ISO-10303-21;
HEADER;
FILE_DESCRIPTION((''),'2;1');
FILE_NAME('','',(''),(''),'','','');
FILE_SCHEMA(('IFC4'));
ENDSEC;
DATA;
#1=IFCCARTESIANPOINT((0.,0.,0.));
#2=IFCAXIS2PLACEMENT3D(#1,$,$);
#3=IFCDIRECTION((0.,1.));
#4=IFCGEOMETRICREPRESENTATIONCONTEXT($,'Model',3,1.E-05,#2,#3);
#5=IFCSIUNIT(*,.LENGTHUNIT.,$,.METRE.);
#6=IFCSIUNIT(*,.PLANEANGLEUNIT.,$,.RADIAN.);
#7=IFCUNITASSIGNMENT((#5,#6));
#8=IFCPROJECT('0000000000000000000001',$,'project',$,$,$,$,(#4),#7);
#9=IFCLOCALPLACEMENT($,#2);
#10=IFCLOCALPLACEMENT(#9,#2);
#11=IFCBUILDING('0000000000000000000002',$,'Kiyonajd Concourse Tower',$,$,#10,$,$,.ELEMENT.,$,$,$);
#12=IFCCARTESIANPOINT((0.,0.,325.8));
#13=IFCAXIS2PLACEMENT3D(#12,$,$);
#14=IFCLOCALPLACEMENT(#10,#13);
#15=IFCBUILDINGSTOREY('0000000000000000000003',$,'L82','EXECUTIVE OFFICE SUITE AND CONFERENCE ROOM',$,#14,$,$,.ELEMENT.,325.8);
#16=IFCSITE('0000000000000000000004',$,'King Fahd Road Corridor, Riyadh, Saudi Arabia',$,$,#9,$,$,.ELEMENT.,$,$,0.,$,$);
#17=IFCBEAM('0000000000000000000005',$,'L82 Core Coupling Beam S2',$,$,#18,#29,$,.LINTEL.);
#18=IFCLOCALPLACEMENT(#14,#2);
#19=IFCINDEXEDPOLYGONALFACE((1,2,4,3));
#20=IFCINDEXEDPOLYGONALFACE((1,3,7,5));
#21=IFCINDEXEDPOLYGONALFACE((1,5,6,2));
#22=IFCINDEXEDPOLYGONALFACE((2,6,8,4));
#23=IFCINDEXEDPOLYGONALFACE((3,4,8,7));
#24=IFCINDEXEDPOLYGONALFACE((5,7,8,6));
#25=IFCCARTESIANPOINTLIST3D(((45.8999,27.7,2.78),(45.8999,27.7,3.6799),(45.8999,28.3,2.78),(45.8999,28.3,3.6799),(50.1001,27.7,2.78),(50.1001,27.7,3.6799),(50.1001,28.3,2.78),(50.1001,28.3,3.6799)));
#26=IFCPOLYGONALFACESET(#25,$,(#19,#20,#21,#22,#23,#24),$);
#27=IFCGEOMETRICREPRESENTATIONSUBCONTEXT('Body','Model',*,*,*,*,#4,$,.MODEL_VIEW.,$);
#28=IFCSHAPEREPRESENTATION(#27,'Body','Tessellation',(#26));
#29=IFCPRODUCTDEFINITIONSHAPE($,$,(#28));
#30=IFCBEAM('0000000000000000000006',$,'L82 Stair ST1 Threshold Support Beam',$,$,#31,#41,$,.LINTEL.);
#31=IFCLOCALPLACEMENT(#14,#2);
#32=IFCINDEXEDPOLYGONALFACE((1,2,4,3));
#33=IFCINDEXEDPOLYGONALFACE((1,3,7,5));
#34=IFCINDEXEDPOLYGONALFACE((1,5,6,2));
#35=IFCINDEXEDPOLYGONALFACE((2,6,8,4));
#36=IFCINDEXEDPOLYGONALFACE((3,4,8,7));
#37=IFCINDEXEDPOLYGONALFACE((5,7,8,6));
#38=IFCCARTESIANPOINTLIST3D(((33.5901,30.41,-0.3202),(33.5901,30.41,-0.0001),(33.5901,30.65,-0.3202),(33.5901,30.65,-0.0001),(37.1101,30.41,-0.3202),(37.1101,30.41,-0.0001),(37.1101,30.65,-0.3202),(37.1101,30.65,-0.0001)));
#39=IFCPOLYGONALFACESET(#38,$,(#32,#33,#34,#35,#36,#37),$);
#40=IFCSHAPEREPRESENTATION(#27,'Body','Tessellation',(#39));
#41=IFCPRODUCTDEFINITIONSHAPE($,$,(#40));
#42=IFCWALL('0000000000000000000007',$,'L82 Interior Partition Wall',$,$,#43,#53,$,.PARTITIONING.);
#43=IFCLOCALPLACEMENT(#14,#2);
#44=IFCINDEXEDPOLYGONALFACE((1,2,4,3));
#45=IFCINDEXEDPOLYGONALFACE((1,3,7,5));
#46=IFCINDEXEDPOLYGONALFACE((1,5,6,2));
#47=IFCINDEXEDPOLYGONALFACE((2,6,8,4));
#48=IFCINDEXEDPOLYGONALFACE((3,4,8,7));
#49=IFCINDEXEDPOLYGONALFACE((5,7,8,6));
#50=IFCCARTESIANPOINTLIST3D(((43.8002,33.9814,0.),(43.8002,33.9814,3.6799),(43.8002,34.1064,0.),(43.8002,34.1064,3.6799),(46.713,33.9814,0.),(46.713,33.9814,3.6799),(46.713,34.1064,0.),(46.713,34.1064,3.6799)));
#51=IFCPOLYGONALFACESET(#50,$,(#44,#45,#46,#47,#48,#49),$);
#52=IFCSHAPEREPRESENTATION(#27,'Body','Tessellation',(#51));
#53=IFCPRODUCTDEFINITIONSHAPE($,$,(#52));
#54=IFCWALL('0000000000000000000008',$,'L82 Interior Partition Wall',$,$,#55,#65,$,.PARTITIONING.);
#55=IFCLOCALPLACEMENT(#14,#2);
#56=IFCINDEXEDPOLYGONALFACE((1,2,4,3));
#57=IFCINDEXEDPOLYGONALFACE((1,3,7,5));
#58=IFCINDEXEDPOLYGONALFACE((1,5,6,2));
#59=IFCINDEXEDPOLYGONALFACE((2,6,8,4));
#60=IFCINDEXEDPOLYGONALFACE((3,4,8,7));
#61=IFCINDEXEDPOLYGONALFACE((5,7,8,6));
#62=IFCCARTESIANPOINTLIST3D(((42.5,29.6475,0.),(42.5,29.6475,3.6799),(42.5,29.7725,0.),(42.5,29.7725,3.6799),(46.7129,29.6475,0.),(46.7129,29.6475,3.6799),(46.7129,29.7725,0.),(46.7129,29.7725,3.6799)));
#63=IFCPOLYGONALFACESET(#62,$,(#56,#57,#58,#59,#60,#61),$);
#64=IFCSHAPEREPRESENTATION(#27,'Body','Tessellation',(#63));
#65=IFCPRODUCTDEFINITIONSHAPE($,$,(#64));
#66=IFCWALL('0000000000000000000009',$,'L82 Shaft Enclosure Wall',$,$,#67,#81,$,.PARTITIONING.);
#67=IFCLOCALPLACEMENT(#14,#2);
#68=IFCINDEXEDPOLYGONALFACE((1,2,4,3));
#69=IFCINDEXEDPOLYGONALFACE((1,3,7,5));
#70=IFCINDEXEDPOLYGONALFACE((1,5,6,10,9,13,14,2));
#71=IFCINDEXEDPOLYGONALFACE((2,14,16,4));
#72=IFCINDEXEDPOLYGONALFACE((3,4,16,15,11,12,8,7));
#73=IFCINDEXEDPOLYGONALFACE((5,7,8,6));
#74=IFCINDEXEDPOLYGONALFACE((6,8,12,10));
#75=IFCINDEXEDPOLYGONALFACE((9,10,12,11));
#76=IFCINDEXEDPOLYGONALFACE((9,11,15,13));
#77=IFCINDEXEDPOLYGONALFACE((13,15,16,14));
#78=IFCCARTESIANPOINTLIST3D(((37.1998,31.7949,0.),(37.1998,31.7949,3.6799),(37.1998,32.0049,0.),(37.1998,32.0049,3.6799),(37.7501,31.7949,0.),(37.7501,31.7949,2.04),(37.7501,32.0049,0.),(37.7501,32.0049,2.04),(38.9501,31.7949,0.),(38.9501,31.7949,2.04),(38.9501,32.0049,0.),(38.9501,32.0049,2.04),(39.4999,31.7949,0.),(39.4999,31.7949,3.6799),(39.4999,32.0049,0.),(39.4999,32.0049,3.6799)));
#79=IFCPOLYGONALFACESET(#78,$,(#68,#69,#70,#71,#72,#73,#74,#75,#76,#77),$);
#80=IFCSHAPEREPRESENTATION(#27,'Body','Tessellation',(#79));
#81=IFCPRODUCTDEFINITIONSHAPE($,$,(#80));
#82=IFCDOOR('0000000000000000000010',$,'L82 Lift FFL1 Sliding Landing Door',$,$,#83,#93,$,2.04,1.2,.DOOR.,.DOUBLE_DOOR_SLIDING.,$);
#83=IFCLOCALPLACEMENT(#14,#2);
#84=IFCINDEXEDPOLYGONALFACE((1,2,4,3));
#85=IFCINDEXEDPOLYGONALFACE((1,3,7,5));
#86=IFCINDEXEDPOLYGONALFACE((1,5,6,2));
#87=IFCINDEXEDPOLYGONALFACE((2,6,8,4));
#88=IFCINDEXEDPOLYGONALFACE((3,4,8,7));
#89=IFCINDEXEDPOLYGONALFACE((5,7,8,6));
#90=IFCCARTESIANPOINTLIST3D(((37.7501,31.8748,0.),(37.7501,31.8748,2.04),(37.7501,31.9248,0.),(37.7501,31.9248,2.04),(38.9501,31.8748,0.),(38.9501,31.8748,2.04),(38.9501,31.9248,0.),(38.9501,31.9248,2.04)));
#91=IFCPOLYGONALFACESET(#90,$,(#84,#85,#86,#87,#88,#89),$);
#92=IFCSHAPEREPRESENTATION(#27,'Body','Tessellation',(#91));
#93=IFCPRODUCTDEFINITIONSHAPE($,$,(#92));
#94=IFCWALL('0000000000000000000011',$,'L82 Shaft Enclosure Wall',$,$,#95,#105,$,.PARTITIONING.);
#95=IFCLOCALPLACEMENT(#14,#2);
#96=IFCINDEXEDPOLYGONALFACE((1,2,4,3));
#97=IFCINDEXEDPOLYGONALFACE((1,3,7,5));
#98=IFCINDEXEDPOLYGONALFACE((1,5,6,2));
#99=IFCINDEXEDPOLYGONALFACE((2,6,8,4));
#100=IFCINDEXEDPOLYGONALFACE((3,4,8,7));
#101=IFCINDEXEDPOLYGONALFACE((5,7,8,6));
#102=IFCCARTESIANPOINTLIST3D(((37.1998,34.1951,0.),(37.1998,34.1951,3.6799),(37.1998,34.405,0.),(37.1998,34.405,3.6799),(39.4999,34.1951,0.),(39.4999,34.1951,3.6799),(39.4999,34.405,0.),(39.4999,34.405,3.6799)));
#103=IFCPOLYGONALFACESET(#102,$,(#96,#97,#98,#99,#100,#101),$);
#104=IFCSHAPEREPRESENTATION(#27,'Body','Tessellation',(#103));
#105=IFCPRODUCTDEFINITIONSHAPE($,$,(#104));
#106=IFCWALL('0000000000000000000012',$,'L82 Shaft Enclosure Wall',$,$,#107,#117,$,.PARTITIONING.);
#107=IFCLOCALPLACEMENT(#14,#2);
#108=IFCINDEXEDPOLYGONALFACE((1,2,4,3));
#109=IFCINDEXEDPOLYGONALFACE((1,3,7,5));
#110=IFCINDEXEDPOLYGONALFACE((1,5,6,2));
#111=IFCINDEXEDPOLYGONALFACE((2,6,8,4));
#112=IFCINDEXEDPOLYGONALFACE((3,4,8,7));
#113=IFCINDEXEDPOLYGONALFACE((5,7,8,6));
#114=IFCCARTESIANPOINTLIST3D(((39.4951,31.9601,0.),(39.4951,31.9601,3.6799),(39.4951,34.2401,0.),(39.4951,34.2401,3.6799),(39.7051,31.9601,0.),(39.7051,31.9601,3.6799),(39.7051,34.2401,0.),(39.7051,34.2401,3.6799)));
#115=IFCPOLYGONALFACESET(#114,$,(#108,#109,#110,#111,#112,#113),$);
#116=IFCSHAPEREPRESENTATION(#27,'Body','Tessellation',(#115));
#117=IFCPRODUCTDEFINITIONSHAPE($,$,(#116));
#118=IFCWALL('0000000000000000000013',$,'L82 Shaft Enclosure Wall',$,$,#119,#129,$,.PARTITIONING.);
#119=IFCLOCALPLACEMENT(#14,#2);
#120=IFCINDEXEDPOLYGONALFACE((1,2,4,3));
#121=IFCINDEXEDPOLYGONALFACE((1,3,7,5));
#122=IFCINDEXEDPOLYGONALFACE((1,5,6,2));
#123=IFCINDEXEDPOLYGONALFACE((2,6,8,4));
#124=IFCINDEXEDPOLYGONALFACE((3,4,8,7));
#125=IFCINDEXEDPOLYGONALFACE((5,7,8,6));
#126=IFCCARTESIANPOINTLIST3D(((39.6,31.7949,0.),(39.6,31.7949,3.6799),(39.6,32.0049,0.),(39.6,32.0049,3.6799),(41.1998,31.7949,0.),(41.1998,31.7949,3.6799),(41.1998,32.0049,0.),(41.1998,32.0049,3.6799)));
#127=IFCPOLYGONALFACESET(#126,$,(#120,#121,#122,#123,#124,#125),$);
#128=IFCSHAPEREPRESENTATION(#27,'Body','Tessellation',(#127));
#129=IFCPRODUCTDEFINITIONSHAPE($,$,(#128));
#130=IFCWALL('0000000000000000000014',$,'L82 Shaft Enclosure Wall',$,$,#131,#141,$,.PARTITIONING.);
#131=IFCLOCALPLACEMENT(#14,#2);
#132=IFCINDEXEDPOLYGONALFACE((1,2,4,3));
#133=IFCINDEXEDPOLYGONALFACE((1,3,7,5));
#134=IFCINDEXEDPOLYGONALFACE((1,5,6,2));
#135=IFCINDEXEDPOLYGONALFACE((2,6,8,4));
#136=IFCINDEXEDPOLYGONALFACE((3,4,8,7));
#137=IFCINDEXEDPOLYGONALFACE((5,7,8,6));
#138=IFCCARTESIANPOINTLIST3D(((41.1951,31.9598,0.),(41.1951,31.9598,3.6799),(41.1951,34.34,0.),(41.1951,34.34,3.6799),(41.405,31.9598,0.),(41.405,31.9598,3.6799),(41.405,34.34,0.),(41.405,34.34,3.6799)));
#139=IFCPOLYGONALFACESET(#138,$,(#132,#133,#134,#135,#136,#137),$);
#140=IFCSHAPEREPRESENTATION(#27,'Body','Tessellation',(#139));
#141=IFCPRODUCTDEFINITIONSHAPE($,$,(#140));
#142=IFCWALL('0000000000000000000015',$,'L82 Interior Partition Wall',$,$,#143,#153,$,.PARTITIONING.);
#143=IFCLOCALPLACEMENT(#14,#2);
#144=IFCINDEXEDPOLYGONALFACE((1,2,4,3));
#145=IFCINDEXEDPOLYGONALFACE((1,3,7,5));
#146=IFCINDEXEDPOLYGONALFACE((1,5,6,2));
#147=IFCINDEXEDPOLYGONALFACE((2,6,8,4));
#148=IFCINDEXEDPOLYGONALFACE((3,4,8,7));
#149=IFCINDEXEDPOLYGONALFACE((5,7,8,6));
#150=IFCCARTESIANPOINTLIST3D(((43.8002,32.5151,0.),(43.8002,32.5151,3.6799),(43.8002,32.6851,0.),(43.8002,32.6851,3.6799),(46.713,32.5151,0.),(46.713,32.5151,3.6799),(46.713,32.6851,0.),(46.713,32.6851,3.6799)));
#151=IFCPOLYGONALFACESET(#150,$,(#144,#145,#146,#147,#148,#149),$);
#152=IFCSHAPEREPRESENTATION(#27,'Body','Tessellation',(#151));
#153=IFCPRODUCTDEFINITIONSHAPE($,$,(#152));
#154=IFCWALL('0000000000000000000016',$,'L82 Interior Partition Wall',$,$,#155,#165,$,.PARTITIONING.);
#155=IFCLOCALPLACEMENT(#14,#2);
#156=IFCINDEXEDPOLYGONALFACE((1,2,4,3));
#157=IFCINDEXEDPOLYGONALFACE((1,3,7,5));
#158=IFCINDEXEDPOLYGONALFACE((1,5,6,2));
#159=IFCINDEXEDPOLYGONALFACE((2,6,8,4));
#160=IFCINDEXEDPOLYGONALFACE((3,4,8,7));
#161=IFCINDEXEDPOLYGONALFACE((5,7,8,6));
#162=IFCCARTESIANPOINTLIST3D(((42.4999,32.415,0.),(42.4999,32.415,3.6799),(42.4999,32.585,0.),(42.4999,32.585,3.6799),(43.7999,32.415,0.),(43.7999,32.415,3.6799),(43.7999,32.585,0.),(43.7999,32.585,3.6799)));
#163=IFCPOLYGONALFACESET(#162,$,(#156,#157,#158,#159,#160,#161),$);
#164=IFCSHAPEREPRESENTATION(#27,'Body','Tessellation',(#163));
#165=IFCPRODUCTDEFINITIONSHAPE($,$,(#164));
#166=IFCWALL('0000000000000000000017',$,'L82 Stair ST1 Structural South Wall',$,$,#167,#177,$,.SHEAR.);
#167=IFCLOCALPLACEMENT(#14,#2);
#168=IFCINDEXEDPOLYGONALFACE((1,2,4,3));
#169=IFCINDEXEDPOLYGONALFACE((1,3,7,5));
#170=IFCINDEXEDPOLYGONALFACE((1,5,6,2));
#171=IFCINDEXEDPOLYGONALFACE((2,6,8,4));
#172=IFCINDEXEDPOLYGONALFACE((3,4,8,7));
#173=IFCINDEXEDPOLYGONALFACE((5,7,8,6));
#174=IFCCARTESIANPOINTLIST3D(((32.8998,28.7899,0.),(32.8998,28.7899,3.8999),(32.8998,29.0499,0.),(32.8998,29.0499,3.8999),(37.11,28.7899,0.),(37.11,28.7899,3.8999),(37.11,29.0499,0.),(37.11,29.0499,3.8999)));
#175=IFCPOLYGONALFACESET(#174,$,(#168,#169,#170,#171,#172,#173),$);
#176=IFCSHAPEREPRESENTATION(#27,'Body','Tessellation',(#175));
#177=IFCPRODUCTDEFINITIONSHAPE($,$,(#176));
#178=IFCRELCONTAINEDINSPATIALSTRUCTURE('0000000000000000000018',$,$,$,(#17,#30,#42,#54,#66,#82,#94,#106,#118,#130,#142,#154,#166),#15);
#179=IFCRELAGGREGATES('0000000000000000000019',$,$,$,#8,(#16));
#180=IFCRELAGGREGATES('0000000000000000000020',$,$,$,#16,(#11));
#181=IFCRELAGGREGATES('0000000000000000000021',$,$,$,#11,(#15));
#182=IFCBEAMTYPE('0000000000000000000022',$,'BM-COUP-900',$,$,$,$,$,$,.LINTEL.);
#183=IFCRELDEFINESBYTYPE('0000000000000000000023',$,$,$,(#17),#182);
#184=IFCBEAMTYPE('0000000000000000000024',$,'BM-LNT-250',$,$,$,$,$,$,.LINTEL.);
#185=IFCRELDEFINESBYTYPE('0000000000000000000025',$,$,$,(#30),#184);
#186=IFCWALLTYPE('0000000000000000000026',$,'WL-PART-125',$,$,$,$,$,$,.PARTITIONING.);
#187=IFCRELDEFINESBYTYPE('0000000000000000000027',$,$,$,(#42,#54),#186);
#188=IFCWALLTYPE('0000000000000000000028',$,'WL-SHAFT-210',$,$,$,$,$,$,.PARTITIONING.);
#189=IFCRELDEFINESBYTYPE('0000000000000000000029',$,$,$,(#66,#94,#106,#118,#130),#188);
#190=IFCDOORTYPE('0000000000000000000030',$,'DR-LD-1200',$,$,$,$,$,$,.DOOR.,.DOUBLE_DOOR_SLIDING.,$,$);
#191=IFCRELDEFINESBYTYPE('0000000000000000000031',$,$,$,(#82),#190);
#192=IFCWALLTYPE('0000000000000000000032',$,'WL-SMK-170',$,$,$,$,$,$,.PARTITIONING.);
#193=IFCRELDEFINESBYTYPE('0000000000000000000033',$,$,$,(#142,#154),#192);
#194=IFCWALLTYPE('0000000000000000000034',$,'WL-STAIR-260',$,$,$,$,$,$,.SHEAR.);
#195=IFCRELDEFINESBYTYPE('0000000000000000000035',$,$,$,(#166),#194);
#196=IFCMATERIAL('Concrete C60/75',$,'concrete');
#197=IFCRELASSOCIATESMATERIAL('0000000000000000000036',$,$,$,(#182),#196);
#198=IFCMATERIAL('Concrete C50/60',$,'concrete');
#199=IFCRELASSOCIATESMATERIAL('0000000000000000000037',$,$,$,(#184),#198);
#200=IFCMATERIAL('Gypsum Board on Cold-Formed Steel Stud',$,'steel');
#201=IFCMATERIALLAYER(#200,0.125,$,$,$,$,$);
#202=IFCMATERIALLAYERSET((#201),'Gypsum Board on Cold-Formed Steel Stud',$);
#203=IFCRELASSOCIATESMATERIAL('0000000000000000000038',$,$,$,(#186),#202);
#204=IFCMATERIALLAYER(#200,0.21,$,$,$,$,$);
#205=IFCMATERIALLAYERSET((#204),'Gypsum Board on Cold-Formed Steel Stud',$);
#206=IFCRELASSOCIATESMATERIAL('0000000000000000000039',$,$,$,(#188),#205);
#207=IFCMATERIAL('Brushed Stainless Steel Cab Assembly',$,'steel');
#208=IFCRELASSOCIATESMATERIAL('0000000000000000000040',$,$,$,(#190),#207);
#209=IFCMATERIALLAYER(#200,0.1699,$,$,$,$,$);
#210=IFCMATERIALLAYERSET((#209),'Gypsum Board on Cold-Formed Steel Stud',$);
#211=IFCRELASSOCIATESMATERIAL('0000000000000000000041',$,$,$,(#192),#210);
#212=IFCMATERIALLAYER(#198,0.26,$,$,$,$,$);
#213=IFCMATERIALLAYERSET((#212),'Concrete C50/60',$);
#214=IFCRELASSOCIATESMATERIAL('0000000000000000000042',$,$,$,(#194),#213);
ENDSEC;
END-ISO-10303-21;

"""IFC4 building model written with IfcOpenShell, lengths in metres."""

from ifc_helpers import new_model, si_unit, direction, frame, frame_2d, origin, origin_2d, place, context, subcontext, project, spatial, rectangle, extrude, material, layer, layer_set, material_profile, profile_set, type_object, element, fill, save


model = new_model("IFC4")

# Units and contexts
model_context = context("Model", 3, precision=1e-05, world=origin(), true_north=direction((0.0, 1.0)))
body_context = subcontext(model_context, "Body", "Model", "MODEL_VIEW")
ifc_project = project(units=[si_unit("LENGTHUNIT", "METRE"), si_unit("PLANEANGLEUNIT", "RADIAN")], contexts=[model_context])

# Site, building, storey
site_placement = place(None, origin())
site = spatial("IfcSite", under=ifc_project, at=site_placement, Name="King Fahd Road Corridor, Riyadh, Saudi Arabia", CompositionType="ELEMENT", RefElevation=0.0)
building_placement = place(site_placement, origin())
building = spatial("IfcBuilding", under=site, at=building_placement, Name="Kiyonajd Concourse Tower", CompositionType="ELEMENT")
storey_placement = place(building_placement, frame((0.0, 0.0, 325.8)))
storey = spatial("IfcBuildingStorey", under=building, at=storey_placement, Name="L82", Description="EXECUTIVE OFFICE SUITE AND CONFERENCE ROOM", CompositionType="ELEMENT", Elevation=325.8)

# Beams
ifc_material_1 = material(Name="Concrete C60/75", Category="concrete")
ifc_material_profile_1 = material_profile(ifc_material_1, rectangle(XDim=0.6001, YDim=0.8999, at=origin_2d()), Name="RCBM-600x900")
ifc_profile_set_1 = profile_set([ifc_material_profile_1], Name="Concrete C60/75")
beam_type_1 = type_object("IfcBeamType", Name="BM-COUP-900", PredefinedType="LINTEL", material=ifc_profile_set_1)
beam_1_placement = place(storey_placement, frame((45.8999, 28.0, 3.23), z_axis=(1.0, 0.0, 0.0), x_axis=(0.0, 1.0, 0.0)))
element("IfcBeam", 1, at=beam_1_placement, inside=storey, type_object=beam_type_1, Name="L82 Core Coupling Beam S2", PredefinedType="LINTEL", context=body_context, shape_type="SweptSolid", body=[
    extrude(rectangle(XDim=0.6001, YDim=0.8999, at=origin_2d()), origin(), (0.0, 0.0, 1.0), 4.2002),
])
ifc_material_2 = material(Name="Concrete C50/60", Category="concrete")
ifc_material_profile_2 = material_profile(ifc_material_2, rectangle(XDim=0.24, YDim=0.3201, at=origin_2d()), Name="RCBM-240x320")
ifc_profile_set_2 = profile_set([ifc_material_profile_2], Name="Concrete C50/60")
beam_type_2 = type_object("IfcBeamType", Name="BM-LNT-250", PredefinedType="LINTEL", material=ifc_profile_set_2)
beam_2_placement = place(storey_placement, frame((33.5901, 30.53, -0.1602), z_axis=(1.0, 0.0, 0.0), x_axis=(0.0, 1.0, 0.0)))
element("IfcBeam", 2, at=beam_2_placement, inside=storey, type_object=beam_type_2, Name="L82 Stair ST1 Threshold Support Beam", PredefinedType="LINTEL", context=body_context, shape_type="SweptSolid", body=[
    extrude(rectangle(XDim=0.24, YDim=0.3201, at=origin_2d()), origin(), (0.0, 0.0, 1.0), 3.52),
])

# Walls
ifc_material_3 = material(Name="Gypsum Board on Cold-Formed Steel Stud", Category="steel")
ifc_layer_1 = layer(ifc_material_3, 0.125)
ifc_layer_set_1 = layer_set([ifc_layer_1], Name="Gypsum Board on Cold-Formed Steel Stud")
wall_type_1 = type_object("IfcWallType", Name="WL-PART-125", PredefinedType="PARTITIONING", material=ifc_layer_set_1)
wall_1_placement = place(storey_placement, frame((43.8, 34.0439, 0.0), z_axis=(0.0, 0.0, 1.0), x_axis=(1.0, 0.0, 0.0)))
element("IfcWall", 3, at=wall_1_placement, inside=storey, type_object=wall_type_1, Name="L82 Interior Partition Wall", PredefinedType="PARTITIONING", context=body_context, shape_type="SweptSolid", body=[
    extrude(rectangle(XDim=2.9128, YDim=0.125, at=frame_2d((1.4565, 0.0))), origin(), (0.0, 0.0, 1.0), 3.6799),
])
wall_2_placement = place(storey_placement, frame((42.5, 29.71, 0.0), z_axis=(0.0, 0.0, 1.0), x_axis=(1.0, 0.0, 0.0)))
element("IfcWall", 4, at=wall_2_placement, inside=storey, type_object=wall_type_1, Name="L82 Interior Partition Wall", PredefinedType="PARTITIONING", context=body_context, shape_type="SweptSolid", body=[
    extrude(rectangle(XDim=4.2129, YDim=0.125, at=frame_2d((2.1064, 0.0))), origin(), (0.0, 0.0, 1.0), 3.6799),
])

# Wall, opening, door
ifc_layer_2 = layer(ifc_material_3, 0.21)
ifc_layer_set_2 = layer_set([ifc_layer_2], Name="Gypsum Board on Cold-Formed Steel Stud")
wall_type_2 = type_object("IfcWallType", Name="WL-SHAFT-210", PredefinedType="PARTITIONING", material=ifc_layer_set_2)
wall_3_placement = place(storey_placement, frame((37.2, 31.8999, 0.0), z_axis=(0.0, 0.0, 1.0), x_axis=(1.0, 0.0, 0.0)))
wall_3 = element("IfcWall", 5, at=wall_3_placement, inside=storey, type_object=wall_type_2, Name="L82 Shaft Enclosure Wall", PredefinedType="PARTITIONING", context=body_context, shape_type="SweptSolid", body=[
    extrude(rectangle(XDim=2.3, YDim=0.21, at=frame_2d((1.1499, 0.0))), origin(), (0.0, 0.0, 1.0), 3.6799),
])
opening_1_placement = place(wall_3_placement, frame((0.55, 0.0, 0.0)))
opening_1 = element("IfcOpeningElement", 6, at=opening_1_placement, cuts=wall_3, PredefinedType="OPENING", context=body_context, shape_type="SweptSolid", body=[
    extrude(rectangle(XDim=1.2, YDim=2.04, at=frame_2d((0.6001, 1.02))), frame((0.0, 0.115, 0.0), z_axis=(0.0, -1.0, 0.0), x_axis=(1.0, 0.0, 0.0)), (0.0, 0.0, 1.0), 0.23),
])
ifc_material_4 = material(Name="Brushed Stainless Steel Cab Assembly", Category="steel")
door_type_1 = type_object("IfcDoorType", Name="DR-LD-1200", OperationType="DOUBLE_DOOR_SLIDING", PredefinedType="DOOR", material=ifc_material_4)
door_1_placement = place(opening_1_placement, origin())
door_1 = element("IfcDoor", 7, at=door_1_placement, inside=storey, type_object=door_type_1, Name="L82 Lift FFL1 Sliding Landing Door", OperationType="DOUBLE_DOOR_SLIDING", OverallHeight=2.04, OverallWidth=1.2, PredefinedType="DOOR", context=body_context, shape_type="SweptSolid", body=[
    extrude(rectangle(XDim=1.2, YDim=2.04, at=frame_2d((0.6001, 1.02))), frame((0.0, 0.0249, 0.0), z_axis=(0.0, -1.0, 0.0), x_axis=(1.0, 0.0, 0.0)), (0.0, 0.0, 1.0), 0.05),
])
fill(opening_1, door_1)

# Walls
wall_4_placement = place(storey_placement, frame((37.2, 34.3, 0.0), z_axis=(0.0, 0.0, 1.0), x_axis=(1.0, 0.0, 0.0)))
element("IfcWall", 8, at=wall_4_placement, inside=storey, type_object=wall_type_2, Name="L82 Shaft Enclosure Wall", PredefinedType="PARTITIONING", context=body_context, shape_type="SweptSolid", body=[
    extrude(rectangle(XDim=2.3, YDim=0.21, at=frame_2d((1.1499, 0.0))), origin(), (0.0, 0.0, 1.0), 3.6799),
])
wall_5_placement = place(storey_placement, frame((39.6001, 31.96, 0.0), z_axis=(0.0, 0.0, 1.0), x_axis=(0.0, 1.0, 0.0)))
element("IfcWall", 9, at=wall_5_placement, inside=storey, type_object=wall_type_2, Name="L82 Shaft Enclosure Wall", PredefinedType="PARTITIONING", context=body_context, shape_type="SweptSolid", body=[
    extrude(rectangle(XDim=2.28, YDim=0.21, at=frame_2d((1.1401, 0.0))), origin(), (0.0, 0.0, 1.0), 3.6799),
])
wall_6_placement = place(storey_placement, frame((39.6001, 31.8999, 0.0), z_axis=(0.0, 0.0, 1.0), x_axis=(1.0, 0.0, 0.0)))
element("IfcWall", 10, at=wall_6_placement, inside=storey, type_object=wall_type_2, Name="L82 Shaft Enclosure Wall", PredefinedType="PARTITIONING", context=body_context, shape_type="SweptSolid", body=[
    extrude(rectangle(XDim=1.5999, YDim=0.21, at=frame_2d((0.7998, 0.0))), origin(), (0.0, 0.0, 1.0), 3.6799),
])
wall_7_placement = place(storey_placement, frame((41.3, 31.96, 0.0), z_axis=(0.0, 0.0, 1.0), x_axis=(0.0, 1.0, 0.0)))
element("IfcWall", 11, at=wall_7_placement, inside=storey, type_object=wall_type_2, Name="L82 Shaft Enclosure Wall", PredefinedType="PARTITIONING", context=body_context, shape_type="SweptSolid", body=[
    extrude(rectangle(XDim=2.3801, YDim=0.21, at=frame_2d((1.1899, 0.0))), origin(), (0.0, 0.0, 1.0), 3.6799),
])
ifc_layer_3 = layer(ifc_material_3, 0.1699)
ifc_layer_set_3 = layer_set([ifc_layer_3], Name="Gypsum Board on Cold-Formed Steel Stud")
wall_type_3 = type_object("IfcWallType", Name="WL-SMK-170", PredefinedType="PARTITIONING", material=ifc_layer_set_3)
wall_8_placement = place(storey_placement, frame((43.8, 32.6001, 0.0), z_axis=(0.0, 0.0, 1.0), x_axis=(1.0, 0.0, 0.0)))
element("IfcWall", 12, at=wall_8_placement, inside=storey, type_object=wall_type_3, Name="L82 Interior Partition Wall", PredefinedType="PARTITIONING", context=body_context, shape_type="SweptSolid", body=[
    extrude(rectangle(XDim=2.9128, YDim=0.1699, at=frame_2d((1.4565, 0.0))), origin(), (0.0, 0.0, 1.0), 3.6799),
])
wall_9_placement = place(storey_placement, frame((42.5, 32.5, 0.0), z_axis=(0.0, 0.0, 1.0), x_axis=(1.0, 0.0, 0.0)))
element("IfcWall", 13, at=wall_9_placement, inside=storey, type_object=wall_type_3, Name="L82 Interior Partition Wall", PredefinedType="PARTITIONING", context=body_context, shape_type="SweptSolid", body=[
    extrude(rectangle(XDim=1.3, YDim=0.1699, at=frame_2d((0.6499, 0.0))), origin(), (0.0, 0.0, 1.0), 3.6799),
])
ifc_layer_4 = layer(ifc_material_2, 0.26)
ifc_layer_set_4 = layer_set([ifc_layer_4], Name="Concrete C50/60")
wall_type_4 = type_object("IfcWallType", Name="WL-STAIR-260", PredefinedType="SHEAR", material=ifc_layer_set_4)
wall_10_placement = place(storey_placement, frame((32.8999, 28.9199, 0.0), z_axis=(0.0, 0.0, 1.0), x_axis=(1.0, 0.0, 0.0)))
element("IfcWall", 14, at=wall_10_placement, inside=storey, type_object=wall_type_4, Name="L82 Stair ST1 Structural South Wall", PredefinedType="SHEAR", context=body_context, shape_type="SweptSolid", body=[
    extrude(rectangle(XDim=4.2102, YDim=0.26, at=frame_2d((2.105, 0.0))), origin(), (0.0, 0.0, 1.0), 3.8999),
])

save(model, "model.ifc")
